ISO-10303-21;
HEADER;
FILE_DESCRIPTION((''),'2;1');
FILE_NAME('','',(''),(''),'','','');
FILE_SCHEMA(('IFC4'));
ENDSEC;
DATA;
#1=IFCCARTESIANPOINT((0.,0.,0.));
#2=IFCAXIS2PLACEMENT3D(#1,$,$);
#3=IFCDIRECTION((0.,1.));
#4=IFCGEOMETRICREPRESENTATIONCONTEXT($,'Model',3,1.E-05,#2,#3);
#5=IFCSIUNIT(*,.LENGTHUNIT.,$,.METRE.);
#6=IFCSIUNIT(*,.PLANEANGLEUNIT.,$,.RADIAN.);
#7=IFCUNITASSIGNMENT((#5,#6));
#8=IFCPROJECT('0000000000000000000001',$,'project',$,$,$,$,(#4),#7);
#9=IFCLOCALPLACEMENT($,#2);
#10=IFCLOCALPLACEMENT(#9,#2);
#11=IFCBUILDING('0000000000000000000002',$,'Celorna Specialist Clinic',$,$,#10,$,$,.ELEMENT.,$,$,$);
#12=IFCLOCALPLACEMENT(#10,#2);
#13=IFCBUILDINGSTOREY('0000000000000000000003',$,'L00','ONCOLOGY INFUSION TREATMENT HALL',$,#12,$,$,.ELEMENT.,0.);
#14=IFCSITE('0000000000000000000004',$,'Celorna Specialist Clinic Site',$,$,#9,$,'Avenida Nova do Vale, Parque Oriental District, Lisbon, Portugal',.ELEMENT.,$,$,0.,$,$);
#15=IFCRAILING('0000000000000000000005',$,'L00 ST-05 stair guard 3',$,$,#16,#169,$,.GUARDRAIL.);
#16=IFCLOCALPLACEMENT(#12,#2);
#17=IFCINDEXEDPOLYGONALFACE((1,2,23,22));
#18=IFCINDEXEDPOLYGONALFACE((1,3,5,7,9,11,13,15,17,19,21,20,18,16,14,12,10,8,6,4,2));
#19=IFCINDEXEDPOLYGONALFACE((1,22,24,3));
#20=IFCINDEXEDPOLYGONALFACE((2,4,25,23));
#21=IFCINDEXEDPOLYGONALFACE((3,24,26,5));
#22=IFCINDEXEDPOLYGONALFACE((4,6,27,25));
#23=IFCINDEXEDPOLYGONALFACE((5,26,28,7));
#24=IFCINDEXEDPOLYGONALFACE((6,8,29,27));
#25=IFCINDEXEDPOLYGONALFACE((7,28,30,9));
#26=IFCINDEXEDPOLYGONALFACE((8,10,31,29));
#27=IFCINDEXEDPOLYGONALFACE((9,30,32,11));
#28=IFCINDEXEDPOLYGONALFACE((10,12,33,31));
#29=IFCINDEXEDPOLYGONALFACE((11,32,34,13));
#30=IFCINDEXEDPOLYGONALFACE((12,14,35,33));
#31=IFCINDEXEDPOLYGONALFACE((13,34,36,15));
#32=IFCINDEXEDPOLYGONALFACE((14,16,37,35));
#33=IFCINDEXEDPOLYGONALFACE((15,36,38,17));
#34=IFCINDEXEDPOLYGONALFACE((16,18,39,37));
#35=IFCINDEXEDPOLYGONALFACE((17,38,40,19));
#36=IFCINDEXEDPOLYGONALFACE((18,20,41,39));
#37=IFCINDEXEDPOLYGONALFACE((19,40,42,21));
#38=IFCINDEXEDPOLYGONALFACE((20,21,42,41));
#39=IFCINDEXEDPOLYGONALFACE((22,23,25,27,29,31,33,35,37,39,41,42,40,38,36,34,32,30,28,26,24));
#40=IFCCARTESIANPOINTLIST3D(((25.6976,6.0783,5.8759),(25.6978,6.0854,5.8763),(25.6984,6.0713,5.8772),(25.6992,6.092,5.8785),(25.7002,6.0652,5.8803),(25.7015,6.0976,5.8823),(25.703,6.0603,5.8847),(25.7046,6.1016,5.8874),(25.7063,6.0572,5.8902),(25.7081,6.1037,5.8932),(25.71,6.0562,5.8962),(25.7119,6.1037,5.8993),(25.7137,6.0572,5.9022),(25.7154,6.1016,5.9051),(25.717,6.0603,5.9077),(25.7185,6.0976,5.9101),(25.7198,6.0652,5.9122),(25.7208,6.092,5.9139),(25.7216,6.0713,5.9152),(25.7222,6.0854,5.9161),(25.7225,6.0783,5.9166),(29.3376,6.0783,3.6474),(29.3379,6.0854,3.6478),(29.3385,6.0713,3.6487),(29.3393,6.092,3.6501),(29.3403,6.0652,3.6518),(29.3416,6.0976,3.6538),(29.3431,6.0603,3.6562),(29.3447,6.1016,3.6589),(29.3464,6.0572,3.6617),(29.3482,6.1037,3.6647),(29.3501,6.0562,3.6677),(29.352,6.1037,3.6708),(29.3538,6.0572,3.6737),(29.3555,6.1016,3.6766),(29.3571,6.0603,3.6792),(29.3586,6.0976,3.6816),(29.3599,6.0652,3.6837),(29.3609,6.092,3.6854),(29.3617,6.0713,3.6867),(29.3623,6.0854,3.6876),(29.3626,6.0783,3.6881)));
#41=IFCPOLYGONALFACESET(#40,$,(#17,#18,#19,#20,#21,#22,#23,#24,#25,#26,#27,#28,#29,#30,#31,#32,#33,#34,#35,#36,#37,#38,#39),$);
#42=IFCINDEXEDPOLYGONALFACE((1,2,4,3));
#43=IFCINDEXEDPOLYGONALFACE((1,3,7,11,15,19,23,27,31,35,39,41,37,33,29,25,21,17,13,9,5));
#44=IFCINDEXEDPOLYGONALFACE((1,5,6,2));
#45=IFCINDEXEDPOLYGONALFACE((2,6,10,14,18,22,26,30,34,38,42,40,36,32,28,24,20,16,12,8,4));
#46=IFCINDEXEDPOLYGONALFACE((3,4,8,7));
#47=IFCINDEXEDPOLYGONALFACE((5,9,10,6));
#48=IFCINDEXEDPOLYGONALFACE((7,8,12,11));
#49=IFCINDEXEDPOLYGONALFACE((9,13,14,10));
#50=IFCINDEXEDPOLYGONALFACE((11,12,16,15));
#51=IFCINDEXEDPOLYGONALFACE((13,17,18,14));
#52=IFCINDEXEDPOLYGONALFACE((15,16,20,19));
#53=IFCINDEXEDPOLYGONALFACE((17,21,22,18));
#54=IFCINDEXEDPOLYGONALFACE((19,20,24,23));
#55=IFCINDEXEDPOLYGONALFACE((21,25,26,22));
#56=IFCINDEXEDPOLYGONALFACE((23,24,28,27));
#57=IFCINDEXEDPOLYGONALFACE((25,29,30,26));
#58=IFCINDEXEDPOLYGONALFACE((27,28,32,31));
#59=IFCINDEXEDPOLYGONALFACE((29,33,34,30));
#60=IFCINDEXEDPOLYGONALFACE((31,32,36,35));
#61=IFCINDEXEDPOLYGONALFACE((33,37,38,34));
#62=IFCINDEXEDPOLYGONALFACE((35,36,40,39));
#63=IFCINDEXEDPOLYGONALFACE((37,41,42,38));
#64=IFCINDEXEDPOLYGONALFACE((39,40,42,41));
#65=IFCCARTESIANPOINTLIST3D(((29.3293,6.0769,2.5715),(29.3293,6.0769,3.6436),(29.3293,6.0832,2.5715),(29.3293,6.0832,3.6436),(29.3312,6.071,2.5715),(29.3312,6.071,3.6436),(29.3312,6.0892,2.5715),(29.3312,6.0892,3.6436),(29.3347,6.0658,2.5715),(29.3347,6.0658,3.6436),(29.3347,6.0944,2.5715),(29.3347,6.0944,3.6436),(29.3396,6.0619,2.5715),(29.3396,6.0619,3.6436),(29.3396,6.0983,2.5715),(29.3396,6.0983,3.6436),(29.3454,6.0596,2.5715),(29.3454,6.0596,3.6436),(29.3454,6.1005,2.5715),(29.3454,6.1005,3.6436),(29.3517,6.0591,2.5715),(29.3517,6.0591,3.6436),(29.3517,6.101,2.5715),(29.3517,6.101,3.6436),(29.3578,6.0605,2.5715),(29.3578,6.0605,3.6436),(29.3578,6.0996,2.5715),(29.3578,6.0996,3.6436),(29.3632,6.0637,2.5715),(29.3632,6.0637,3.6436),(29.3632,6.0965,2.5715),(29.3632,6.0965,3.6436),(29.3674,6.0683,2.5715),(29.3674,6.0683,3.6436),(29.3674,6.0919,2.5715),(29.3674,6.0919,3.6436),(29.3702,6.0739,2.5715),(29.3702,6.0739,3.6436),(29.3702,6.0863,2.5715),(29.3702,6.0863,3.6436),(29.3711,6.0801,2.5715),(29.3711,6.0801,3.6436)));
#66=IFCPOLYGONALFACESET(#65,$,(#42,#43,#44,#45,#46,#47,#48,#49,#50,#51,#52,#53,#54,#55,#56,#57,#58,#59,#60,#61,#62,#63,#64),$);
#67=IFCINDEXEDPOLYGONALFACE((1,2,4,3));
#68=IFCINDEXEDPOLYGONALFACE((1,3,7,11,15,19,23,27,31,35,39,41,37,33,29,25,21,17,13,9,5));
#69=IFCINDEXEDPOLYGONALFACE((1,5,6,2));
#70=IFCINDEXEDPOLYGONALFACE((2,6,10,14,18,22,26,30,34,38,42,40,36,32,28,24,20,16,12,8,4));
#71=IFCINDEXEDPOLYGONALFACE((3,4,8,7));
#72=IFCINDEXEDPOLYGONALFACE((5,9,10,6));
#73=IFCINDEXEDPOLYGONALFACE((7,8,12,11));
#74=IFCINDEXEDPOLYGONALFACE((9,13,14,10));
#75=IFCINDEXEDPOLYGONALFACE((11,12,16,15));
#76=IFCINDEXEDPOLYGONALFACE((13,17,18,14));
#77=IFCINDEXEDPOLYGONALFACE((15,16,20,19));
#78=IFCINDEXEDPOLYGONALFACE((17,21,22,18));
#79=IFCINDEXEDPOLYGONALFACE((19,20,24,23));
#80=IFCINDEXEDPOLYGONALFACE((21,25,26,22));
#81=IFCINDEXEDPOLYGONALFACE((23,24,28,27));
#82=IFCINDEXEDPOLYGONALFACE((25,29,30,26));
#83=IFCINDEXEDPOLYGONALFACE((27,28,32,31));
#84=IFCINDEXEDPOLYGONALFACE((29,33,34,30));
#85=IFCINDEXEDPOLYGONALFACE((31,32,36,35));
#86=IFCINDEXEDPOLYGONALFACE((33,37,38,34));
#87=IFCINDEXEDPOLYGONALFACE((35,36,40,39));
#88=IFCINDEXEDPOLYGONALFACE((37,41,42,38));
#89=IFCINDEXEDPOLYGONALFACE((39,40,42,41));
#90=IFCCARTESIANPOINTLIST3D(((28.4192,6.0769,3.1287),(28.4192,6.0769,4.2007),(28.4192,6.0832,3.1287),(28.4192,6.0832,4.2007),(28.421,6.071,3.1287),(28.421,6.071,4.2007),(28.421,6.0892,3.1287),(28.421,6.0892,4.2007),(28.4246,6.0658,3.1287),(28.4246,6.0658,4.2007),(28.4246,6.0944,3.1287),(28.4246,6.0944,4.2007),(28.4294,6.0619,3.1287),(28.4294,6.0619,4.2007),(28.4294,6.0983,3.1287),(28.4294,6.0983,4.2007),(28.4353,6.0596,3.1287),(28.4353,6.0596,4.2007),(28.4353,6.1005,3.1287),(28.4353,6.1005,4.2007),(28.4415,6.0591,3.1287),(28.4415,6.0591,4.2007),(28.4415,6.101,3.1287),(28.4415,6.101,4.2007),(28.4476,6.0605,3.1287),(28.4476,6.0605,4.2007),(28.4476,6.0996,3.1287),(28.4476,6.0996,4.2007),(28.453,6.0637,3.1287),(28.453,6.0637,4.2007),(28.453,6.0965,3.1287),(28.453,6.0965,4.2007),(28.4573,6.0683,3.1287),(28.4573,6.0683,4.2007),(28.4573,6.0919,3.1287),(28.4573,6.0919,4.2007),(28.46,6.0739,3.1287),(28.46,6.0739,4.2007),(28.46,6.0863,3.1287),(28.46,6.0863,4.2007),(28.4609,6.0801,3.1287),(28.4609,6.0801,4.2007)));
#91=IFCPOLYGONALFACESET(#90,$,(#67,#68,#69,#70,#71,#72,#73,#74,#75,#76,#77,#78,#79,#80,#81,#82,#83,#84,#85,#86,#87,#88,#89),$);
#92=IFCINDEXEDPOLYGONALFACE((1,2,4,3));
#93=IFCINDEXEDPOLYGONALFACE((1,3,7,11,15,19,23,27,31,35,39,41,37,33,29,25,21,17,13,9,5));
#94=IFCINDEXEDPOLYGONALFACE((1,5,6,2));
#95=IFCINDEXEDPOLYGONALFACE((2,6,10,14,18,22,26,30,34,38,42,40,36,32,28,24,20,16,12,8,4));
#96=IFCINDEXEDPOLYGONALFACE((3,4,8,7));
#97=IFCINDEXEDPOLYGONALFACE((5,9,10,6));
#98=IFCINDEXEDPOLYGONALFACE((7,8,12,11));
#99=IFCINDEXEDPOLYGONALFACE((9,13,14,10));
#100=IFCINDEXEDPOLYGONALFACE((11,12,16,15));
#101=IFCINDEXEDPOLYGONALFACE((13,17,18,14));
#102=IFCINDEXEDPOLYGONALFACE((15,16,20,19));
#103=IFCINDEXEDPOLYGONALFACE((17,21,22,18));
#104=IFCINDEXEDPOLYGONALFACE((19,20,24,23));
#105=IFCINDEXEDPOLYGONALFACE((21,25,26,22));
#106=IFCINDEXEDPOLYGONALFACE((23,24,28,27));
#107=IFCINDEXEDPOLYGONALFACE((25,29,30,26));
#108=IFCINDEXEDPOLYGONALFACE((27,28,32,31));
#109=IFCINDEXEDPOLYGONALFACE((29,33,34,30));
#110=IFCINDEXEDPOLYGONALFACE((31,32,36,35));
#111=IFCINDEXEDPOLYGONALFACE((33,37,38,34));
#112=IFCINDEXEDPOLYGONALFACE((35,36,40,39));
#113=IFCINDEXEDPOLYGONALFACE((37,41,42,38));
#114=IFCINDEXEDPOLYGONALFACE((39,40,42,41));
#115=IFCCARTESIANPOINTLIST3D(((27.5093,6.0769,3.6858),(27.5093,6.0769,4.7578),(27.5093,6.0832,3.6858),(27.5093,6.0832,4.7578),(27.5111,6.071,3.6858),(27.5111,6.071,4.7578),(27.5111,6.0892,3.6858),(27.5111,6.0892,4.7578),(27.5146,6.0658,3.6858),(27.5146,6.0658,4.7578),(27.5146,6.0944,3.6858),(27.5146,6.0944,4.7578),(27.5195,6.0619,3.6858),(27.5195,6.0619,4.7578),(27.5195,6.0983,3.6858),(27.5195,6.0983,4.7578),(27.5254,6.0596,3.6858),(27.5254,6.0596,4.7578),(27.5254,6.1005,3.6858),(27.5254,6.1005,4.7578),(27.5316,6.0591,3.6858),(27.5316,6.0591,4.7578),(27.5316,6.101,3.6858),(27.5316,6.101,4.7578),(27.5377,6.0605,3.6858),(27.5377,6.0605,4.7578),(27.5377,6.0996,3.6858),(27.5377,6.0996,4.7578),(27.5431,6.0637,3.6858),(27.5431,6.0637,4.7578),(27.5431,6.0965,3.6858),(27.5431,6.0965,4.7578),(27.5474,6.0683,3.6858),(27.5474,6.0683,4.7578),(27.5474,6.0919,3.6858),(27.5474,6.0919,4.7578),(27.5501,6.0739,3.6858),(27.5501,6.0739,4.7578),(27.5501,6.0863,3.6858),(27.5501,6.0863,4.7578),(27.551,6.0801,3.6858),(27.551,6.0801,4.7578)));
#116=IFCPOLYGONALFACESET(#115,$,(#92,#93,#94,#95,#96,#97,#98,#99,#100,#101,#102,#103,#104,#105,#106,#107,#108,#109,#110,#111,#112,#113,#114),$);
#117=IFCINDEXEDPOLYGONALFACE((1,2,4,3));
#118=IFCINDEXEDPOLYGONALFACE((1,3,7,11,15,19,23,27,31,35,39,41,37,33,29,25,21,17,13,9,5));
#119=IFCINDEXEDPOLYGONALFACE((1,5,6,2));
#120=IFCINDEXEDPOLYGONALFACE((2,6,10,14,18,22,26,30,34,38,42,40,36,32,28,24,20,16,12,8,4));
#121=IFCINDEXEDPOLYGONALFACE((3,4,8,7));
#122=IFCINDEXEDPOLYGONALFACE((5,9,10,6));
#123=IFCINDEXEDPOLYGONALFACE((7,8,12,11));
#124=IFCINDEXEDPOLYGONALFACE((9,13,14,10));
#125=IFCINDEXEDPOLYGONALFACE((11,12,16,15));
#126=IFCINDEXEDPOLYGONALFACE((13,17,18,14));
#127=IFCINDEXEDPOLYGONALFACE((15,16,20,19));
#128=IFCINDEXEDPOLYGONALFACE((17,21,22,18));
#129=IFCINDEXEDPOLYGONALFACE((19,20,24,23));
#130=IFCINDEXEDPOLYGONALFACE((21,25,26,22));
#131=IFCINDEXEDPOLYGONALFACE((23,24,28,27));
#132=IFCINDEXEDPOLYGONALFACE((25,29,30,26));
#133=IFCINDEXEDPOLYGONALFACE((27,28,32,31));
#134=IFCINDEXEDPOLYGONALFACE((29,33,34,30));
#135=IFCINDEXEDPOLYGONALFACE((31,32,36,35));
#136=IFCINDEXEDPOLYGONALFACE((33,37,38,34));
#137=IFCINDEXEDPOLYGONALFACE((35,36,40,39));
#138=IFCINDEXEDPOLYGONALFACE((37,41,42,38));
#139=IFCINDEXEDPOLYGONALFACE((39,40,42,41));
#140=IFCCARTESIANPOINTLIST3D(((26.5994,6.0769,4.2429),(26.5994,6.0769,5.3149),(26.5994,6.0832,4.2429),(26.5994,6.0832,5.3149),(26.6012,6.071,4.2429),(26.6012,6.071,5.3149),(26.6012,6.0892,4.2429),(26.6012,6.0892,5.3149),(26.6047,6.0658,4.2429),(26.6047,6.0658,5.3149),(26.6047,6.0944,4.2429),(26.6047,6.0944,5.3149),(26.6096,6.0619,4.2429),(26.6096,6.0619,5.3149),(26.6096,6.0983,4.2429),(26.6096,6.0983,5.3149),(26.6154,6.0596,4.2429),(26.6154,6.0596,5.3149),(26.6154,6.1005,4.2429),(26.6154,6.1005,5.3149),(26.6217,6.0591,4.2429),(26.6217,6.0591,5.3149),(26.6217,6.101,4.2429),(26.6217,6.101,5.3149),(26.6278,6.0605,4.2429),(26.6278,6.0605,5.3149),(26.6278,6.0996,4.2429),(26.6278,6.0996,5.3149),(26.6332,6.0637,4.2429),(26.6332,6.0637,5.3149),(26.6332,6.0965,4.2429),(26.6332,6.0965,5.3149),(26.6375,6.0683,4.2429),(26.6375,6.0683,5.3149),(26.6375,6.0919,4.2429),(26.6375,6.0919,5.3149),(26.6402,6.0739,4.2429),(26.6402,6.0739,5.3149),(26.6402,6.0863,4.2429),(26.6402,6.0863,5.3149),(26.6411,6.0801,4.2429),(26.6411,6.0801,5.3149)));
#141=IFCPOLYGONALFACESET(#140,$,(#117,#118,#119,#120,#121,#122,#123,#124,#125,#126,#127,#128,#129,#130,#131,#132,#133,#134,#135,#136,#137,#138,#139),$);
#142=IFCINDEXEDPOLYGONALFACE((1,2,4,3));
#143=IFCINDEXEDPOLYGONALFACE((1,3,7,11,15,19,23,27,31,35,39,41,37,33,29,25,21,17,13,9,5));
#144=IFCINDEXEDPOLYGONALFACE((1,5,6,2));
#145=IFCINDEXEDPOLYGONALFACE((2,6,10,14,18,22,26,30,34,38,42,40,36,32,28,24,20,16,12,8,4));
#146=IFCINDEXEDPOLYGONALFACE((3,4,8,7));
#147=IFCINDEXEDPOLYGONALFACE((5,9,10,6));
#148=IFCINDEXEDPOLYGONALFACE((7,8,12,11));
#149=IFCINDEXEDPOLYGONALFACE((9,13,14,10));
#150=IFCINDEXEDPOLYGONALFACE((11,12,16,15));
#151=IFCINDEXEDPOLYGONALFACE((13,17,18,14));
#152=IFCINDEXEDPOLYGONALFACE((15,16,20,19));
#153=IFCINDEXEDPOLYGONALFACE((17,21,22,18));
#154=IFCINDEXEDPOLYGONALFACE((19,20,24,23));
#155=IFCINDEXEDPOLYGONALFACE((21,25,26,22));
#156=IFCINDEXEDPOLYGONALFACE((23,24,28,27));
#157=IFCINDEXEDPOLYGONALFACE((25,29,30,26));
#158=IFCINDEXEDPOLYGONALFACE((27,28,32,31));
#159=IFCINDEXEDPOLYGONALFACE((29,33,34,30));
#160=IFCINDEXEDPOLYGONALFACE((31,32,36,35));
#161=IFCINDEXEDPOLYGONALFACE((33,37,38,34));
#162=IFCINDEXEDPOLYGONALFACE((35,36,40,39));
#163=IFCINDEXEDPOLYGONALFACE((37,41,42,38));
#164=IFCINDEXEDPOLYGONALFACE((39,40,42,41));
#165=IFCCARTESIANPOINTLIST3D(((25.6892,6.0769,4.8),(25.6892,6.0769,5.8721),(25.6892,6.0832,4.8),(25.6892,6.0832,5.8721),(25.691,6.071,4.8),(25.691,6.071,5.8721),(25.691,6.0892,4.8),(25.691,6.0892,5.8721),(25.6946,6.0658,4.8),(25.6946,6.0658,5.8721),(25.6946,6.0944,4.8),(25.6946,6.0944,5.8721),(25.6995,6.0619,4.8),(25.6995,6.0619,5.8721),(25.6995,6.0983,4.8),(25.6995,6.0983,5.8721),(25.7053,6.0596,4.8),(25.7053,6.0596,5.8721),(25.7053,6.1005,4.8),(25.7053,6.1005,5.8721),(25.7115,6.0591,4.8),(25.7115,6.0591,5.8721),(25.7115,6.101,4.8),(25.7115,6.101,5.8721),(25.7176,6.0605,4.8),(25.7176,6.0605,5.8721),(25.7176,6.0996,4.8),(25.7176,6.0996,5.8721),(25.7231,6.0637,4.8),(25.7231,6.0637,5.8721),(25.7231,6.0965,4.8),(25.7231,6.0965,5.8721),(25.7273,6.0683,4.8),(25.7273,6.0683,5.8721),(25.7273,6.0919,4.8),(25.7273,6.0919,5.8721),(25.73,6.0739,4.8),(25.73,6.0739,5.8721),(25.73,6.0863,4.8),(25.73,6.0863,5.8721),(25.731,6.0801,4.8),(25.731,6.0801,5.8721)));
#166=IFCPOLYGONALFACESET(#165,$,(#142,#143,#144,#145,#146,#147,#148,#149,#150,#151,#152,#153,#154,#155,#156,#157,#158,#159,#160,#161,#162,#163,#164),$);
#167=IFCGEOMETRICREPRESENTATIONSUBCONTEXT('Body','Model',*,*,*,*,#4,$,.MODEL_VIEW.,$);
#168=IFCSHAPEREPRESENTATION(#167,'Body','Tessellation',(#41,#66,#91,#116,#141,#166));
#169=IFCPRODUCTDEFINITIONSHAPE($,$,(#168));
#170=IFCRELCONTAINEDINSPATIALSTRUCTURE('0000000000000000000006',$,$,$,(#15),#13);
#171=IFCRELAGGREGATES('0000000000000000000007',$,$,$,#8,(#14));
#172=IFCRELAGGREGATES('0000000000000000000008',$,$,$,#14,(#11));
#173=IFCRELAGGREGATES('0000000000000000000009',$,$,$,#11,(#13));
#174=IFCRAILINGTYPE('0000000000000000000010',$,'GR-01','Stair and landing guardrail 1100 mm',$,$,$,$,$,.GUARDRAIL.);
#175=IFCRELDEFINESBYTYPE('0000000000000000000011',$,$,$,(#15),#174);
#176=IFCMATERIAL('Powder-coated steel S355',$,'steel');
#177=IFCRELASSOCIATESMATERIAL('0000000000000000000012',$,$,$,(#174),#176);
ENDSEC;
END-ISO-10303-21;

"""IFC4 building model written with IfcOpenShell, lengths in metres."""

from ifc_helpers import new_model, si_unit, direction, frame, origin, origin_2d, place, context, subcontext, project, spatial, circle, extrude, material, type_object, element, save


model = new_model("IFC4")

# Units and contexts
model_context = context("Model", 3, precision=1e-05, world=origin(), true_north=direction((0.0, 1.0)))
body_context = subcontext(model_context, "Body", "Model", "MODEL_VIEW")
ifc_project = project(units=[si_unit("LENGTHUNIT", "METRE"), si_unit("PLANEANGLEUNIT", "RADIAN")], contexts=[model_context])

# Site, building, storey
site_placement = place(None, origin())
site = spatial("IfcSite", under=ifc_project, at=site_placement, Name="Celorna Specialist Clinic Site", LongName="Avenida Nova do Vale, Parque Oriental District, Lisbon, Portugal", CompositionType="ELEMENT", RefElevation=0.0)
building_placement = place(site_placement, origin())
building = spatial("IfcBuilding", under=site, at=building_placement, Name="Celorna Specialist Clinic", CompositionType="ELEMENT")
storey_placement = place(building_placement, origin())
storey = spatial("IfcBuildingStorey", under=building, at=storey_placement, Name="L00", Description="ONCOLOGY INFUSION TREATMENT HALL", CompositionType="ELEMENT", Elevation=0.0)

# Railing
ifc_material_1 = material(Name="Powder-coated steel S355", Category="steel")
railing_type_1 = type_object("IfcRailingType", Name="GR-01", Description="Stair and landing guardrail 1100 mm", PredefinedType="GUARDRAIL", material=ifc_material_1)
railing_1_placement = place(storey_placement, frame((29.3501, 6.0801, 2.5715)))
element("IfcRailing", 1, at=railing_1_placement, inside=storey, type_object=railing_type_1, Name="L00 ST-05 stair guard 3", PredefinedType="GUARDRAIL", context=body_context, shape_type="SweptSolid", body=[
    extrude(circle(Radius=0.0239, at=origin_2d()), frame((0.0, 0.0, 1.0962), z_axis=(-0.852866, 0.0, 0.52213), x_axis=(0.0, -1.0, 0.0)), (0.0, 0.0, 1.0), 4.2681),
    extrude(circle(Radius=0.021, at=origin_2d()), origin(), (0.0, 0.0, 1.0), 1.072),
    extrude(circle(Radius=0.021, at=origin_2d()), frame((-0.9102, 0.0, 0.5571)), (0.0, 0.0, 1.0), 1.072),
    extrude(circle(Radius=0.021, at=origin_2d()), frame((-1.8201, 0.0, 1.1143)), (0.0, 0.0, 1.0), 1.072),
    extrude(circle(Radius=0.021, at=origin_2d()), frame((-2.73, 0.0, 1.6714)), (0.0, 0.0, 1.0), 1.072),
    extrude(circle(Radius=0.021, at=origin_2d()), frame((-3.6401, 0.0, 2.2285)), (0.0, 0.0, 1.0), 1.072),
])

save(model, "model.ifc")
